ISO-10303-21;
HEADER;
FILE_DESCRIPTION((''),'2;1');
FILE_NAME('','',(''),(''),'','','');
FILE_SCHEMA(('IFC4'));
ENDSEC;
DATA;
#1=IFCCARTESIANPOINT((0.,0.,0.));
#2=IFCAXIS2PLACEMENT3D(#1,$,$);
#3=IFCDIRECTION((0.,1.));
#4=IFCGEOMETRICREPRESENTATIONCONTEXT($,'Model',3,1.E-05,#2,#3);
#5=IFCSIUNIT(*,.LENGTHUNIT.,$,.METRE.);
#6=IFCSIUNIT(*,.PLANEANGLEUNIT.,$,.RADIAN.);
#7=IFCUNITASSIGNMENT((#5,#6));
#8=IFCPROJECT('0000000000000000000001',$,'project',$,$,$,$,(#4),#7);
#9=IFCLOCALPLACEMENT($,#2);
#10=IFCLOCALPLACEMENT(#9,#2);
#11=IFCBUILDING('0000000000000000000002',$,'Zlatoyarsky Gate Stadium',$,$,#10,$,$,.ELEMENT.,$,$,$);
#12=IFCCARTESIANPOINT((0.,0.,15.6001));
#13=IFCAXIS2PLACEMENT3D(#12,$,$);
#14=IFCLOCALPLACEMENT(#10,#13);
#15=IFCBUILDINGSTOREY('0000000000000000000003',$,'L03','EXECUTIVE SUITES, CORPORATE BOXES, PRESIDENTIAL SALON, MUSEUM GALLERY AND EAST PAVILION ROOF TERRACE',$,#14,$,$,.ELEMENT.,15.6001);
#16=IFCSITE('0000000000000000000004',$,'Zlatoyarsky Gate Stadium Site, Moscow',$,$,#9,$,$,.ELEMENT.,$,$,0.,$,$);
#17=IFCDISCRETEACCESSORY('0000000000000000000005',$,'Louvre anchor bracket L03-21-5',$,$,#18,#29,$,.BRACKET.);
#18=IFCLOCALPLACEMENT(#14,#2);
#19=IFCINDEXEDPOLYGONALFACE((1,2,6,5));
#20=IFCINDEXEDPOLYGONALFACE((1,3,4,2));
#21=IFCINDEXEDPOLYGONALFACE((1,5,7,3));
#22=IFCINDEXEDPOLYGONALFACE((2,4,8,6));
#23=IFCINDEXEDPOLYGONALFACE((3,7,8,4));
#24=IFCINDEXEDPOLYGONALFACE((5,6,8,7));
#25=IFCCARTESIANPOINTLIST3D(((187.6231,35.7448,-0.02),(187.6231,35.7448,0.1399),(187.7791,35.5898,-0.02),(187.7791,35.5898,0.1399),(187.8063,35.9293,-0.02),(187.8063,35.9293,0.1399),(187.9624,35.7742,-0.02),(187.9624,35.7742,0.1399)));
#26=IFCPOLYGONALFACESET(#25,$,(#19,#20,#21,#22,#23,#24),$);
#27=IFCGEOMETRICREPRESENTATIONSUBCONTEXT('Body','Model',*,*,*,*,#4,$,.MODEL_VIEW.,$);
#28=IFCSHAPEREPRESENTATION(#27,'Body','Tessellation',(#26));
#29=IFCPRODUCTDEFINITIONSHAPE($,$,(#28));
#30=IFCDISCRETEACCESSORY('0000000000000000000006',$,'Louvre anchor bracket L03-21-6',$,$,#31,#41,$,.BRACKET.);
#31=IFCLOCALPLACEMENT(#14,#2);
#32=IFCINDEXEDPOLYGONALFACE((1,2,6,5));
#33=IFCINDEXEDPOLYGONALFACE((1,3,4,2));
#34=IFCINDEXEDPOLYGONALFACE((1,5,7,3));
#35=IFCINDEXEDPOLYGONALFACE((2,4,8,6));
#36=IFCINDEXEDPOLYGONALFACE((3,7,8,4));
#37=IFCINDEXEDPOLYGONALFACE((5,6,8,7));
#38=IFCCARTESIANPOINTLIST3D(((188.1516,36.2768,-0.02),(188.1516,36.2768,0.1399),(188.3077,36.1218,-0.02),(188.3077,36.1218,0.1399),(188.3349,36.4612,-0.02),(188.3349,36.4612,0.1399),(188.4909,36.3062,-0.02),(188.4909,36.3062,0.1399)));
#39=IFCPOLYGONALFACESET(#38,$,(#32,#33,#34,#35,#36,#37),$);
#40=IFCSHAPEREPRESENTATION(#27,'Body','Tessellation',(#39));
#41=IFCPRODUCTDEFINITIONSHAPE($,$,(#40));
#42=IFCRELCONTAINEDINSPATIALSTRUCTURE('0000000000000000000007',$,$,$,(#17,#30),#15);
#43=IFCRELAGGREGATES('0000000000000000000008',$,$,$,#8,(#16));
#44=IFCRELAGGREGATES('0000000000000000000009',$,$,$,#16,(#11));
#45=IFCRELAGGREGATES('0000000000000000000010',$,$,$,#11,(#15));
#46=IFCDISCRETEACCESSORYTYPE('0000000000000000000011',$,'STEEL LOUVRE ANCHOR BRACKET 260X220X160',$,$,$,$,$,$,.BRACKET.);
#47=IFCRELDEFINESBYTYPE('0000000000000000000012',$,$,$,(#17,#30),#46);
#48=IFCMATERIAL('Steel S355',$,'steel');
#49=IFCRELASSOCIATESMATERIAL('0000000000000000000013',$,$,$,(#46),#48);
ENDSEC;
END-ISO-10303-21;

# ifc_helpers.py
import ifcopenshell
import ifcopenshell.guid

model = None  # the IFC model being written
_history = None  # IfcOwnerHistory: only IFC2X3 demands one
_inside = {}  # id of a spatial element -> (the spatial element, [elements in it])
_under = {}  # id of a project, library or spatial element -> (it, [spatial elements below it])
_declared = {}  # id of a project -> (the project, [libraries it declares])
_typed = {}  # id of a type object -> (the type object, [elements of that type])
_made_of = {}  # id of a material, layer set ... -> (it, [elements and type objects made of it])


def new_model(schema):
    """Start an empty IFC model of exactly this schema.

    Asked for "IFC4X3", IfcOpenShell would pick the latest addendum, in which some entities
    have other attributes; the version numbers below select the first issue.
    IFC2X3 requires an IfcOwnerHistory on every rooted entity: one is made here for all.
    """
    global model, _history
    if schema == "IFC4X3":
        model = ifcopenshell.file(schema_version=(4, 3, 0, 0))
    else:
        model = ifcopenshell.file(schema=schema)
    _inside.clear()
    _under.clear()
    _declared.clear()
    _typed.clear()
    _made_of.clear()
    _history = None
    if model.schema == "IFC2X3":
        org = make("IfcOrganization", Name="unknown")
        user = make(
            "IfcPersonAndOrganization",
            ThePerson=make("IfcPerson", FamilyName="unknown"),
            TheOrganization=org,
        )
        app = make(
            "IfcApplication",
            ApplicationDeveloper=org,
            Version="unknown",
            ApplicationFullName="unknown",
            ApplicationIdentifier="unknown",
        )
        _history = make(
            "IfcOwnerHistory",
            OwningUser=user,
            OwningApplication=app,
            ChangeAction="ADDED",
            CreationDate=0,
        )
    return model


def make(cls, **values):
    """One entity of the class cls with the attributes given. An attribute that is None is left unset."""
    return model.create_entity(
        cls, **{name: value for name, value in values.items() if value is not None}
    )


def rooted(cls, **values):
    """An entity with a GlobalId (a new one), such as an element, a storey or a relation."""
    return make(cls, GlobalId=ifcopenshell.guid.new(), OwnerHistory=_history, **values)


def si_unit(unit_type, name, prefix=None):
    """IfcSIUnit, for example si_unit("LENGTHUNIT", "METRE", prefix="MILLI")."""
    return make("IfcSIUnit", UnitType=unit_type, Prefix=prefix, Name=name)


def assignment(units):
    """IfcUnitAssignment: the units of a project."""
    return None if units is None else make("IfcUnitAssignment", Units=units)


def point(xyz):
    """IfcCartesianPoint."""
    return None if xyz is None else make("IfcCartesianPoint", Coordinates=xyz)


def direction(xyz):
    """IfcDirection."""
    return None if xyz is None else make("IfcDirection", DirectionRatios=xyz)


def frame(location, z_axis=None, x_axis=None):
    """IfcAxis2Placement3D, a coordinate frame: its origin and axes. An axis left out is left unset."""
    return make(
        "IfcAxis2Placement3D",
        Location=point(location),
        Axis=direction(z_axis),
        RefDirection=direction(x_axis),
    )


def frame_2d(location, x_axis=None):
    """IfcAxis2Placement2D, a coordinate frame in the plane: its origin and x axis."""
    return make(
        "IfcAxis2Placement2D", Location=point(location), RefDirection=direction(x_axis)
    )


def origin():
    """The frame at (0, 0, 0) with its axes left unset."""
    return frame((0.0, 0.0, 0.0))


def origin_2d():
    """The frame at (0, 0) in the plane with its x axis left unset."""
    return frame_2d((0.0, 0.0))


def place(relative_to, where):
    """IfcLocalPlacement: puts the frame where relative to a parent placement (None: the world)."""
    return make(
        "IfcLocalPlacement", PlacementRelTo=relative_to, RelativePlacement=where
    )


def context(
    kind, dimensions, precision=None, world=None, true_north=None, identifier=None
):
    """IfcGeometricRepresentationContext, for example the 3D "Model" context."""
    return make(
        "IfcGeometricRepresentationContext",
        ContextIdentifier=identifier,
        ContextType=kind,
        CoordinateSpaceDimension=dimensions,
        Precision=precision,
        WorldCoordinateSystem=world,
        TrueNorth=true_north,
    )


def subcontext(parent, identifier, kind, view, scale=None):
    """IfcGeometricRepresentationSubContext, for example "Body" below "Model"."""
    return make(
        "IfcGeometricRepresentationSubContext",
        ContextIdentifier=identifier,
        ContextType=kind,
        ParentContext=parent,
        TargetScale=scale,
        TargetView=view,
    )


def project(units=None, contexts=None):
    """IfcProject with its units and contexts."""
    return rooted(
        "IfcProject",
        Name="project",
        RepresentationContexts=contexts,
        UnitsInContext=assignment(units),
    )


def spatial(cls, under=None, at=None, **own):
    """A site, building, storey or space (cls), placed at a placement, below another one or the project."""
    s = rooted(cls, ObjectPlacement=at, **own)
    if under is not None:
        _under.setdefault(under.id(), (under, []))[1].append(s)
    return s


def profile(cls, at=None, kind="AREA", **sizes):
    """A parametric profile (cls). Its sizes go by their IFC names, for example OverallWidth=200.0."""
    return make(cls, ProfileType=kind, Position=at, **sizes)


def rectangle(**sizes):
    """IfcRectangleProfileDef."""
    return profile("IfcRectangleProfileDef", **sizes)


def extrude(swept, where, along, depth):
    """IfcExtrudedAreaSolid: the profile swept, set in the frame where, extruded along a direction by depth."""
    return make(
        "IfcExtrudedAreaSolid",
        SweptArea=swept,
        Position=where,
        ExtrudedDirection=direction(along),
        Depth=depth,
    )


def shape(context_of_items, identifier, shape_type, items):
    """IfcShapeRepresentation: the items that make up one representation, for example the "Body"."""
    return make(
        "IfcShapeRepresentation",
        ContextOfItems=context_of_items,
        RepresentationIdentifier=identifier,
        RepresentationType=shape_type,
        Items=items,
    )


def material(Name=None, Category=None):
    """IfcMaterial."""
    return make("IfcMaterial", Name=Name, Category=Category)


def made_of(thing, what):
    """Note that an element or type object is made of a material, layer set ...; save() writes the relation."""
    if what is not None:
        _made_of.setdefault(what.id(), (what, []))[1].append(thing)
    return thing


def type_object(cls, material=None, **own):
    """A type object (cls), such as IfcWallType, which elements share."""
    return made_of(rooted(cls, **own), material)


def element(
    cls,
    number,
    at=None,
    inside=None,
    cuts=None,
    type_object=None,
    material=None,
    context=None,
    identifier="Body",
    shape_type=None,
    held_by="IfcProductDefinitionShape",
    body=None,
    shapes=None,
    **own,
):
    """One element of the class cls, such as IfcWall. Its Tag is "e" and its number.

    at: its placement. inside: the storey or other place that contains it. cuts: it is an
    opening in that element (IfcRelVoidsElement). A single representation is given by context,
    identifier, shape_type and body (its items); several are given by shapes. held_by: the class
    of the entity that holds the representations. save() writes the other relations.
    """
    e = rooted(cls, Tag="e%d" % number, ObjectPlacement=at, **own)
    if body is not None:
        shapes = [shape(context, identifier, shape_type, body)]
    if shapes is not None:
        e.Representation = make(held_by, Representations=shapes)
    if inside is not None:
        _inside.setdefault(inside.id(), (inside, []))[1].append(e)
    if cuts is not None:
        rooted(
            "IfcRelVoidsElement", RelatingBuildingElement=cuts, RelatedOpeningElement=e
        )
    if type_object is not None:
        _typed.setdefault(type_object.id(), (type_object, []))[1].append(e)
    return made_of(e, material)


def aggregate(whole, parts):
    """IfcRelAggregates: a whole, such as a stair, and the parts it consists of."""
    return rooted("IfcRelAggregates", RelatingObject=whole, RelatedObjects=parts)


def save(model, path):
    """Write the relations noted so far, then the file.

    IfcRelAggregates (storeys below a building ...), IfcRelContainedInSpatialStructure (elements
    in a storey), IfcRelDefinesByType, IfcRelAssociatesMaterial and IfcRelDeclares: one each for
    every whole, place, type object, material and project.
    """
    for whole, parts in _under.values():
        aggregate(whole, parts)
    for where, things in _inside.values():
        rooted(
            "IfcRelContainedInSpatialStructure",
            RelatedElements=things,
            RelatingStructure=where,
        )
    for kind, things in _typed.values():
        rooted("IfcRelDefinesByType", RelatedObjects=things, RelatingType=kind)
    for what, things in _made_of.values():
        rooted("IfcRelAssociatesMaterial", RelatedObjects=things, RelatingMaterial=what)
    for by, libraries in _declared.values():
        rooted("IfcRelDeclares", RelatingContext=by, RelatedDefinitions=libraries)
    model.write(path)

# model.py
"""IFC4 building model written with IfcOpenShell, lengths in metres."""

from ifc_helpers import new_model, si_unit, direction, frame, origin, origin_2d, place, context, subcontext, project, spatial, rectangle, extrude, material, type_object, element, save


model = new_model("IFC4")

# Units and contexts
model_context = context("Model", 3, precision=1e-05, world=origin(), true_north=direction((0.0, 1.0)))
body_context = subcontext(model_context, "Body", "Model", "MODEL_VIEW")
ifc_project = project(units=[si_unit("LENGTHUNIT", "METRE"), si_unit("PLANEANGLEUNIT", "RADIAN")], contexts=[model_context])

# Site, building, storey
site_placement = place(None, origin())
site = spatial("IfcSite", under=ifc_project, at=site_placement, Name="Zlatoyarsky Gate Stadium Site, Moscow", CompositionType="ELEMENT", RefElevation=0.0)
building_placement = place(site_placement, origin())
building = spatial("IfcBuilding", under=site, at=building_placement, Name="Zlatoyarsky Gate Stadium", CompositionType="ELEMENT")
storey_placement = place(building_placement, frame((0.0, 0.0, 15.6001)))
storey = spatial("IfcBuildingStorey", under=building, at=storey_placement, Name="L03", Description="EXECUTIVE SUITES, CORPORATE BOXES, PRESIDENTIAL SALON, MUSEUM GALLERY AND EAST PAVILION ROOF TERRACE", CompositionType="ELEMENT", Elevation=15.6001)

# Shared definitions
ifc_material_1 = material(Name="Steel S355", Category="steel")

# Discrete accessories
discrete_accessory_type = type_object("IfcDiscreteAccessoryType", Name="STEEL LOUVRE ANCHOR BRACKET 260X220X160", PredefinedType="BRACKET", material=ifc_material_1)
for number, where, z_axis, x_axis, name in (
    (1, (187.7927, 35.7595, -0.02), (0.0, 0.0, 1.0), (0.704815, 0.709391, 0.0), "Louvre anchor bracket L03-21-5"),
    (2, (188.3213, 36.2915, -0.02), (0.0, 0.0, 1.0), (0.704815, 0.709391, 0.0), "Louvre anchor bracket L03-21-6"),
):
    element("IfcDiscreteAccessory", number, at=place(storey_placement, frame(where, z_axis=z_axis, x_axis=x_axis)), inside=storey, type_object=discrete_accessory_type, Name=name, PredefinedType="BRACKET", context=body_context, shape_type="SweptSolid", body=[
        extrude(rectangle(XDim=0.26, YDim=0.22, at=origin_2d()), origin(), (0.0, 0.0, 1.0), 0.1599),
    ])

save(model, "model.ifc")
